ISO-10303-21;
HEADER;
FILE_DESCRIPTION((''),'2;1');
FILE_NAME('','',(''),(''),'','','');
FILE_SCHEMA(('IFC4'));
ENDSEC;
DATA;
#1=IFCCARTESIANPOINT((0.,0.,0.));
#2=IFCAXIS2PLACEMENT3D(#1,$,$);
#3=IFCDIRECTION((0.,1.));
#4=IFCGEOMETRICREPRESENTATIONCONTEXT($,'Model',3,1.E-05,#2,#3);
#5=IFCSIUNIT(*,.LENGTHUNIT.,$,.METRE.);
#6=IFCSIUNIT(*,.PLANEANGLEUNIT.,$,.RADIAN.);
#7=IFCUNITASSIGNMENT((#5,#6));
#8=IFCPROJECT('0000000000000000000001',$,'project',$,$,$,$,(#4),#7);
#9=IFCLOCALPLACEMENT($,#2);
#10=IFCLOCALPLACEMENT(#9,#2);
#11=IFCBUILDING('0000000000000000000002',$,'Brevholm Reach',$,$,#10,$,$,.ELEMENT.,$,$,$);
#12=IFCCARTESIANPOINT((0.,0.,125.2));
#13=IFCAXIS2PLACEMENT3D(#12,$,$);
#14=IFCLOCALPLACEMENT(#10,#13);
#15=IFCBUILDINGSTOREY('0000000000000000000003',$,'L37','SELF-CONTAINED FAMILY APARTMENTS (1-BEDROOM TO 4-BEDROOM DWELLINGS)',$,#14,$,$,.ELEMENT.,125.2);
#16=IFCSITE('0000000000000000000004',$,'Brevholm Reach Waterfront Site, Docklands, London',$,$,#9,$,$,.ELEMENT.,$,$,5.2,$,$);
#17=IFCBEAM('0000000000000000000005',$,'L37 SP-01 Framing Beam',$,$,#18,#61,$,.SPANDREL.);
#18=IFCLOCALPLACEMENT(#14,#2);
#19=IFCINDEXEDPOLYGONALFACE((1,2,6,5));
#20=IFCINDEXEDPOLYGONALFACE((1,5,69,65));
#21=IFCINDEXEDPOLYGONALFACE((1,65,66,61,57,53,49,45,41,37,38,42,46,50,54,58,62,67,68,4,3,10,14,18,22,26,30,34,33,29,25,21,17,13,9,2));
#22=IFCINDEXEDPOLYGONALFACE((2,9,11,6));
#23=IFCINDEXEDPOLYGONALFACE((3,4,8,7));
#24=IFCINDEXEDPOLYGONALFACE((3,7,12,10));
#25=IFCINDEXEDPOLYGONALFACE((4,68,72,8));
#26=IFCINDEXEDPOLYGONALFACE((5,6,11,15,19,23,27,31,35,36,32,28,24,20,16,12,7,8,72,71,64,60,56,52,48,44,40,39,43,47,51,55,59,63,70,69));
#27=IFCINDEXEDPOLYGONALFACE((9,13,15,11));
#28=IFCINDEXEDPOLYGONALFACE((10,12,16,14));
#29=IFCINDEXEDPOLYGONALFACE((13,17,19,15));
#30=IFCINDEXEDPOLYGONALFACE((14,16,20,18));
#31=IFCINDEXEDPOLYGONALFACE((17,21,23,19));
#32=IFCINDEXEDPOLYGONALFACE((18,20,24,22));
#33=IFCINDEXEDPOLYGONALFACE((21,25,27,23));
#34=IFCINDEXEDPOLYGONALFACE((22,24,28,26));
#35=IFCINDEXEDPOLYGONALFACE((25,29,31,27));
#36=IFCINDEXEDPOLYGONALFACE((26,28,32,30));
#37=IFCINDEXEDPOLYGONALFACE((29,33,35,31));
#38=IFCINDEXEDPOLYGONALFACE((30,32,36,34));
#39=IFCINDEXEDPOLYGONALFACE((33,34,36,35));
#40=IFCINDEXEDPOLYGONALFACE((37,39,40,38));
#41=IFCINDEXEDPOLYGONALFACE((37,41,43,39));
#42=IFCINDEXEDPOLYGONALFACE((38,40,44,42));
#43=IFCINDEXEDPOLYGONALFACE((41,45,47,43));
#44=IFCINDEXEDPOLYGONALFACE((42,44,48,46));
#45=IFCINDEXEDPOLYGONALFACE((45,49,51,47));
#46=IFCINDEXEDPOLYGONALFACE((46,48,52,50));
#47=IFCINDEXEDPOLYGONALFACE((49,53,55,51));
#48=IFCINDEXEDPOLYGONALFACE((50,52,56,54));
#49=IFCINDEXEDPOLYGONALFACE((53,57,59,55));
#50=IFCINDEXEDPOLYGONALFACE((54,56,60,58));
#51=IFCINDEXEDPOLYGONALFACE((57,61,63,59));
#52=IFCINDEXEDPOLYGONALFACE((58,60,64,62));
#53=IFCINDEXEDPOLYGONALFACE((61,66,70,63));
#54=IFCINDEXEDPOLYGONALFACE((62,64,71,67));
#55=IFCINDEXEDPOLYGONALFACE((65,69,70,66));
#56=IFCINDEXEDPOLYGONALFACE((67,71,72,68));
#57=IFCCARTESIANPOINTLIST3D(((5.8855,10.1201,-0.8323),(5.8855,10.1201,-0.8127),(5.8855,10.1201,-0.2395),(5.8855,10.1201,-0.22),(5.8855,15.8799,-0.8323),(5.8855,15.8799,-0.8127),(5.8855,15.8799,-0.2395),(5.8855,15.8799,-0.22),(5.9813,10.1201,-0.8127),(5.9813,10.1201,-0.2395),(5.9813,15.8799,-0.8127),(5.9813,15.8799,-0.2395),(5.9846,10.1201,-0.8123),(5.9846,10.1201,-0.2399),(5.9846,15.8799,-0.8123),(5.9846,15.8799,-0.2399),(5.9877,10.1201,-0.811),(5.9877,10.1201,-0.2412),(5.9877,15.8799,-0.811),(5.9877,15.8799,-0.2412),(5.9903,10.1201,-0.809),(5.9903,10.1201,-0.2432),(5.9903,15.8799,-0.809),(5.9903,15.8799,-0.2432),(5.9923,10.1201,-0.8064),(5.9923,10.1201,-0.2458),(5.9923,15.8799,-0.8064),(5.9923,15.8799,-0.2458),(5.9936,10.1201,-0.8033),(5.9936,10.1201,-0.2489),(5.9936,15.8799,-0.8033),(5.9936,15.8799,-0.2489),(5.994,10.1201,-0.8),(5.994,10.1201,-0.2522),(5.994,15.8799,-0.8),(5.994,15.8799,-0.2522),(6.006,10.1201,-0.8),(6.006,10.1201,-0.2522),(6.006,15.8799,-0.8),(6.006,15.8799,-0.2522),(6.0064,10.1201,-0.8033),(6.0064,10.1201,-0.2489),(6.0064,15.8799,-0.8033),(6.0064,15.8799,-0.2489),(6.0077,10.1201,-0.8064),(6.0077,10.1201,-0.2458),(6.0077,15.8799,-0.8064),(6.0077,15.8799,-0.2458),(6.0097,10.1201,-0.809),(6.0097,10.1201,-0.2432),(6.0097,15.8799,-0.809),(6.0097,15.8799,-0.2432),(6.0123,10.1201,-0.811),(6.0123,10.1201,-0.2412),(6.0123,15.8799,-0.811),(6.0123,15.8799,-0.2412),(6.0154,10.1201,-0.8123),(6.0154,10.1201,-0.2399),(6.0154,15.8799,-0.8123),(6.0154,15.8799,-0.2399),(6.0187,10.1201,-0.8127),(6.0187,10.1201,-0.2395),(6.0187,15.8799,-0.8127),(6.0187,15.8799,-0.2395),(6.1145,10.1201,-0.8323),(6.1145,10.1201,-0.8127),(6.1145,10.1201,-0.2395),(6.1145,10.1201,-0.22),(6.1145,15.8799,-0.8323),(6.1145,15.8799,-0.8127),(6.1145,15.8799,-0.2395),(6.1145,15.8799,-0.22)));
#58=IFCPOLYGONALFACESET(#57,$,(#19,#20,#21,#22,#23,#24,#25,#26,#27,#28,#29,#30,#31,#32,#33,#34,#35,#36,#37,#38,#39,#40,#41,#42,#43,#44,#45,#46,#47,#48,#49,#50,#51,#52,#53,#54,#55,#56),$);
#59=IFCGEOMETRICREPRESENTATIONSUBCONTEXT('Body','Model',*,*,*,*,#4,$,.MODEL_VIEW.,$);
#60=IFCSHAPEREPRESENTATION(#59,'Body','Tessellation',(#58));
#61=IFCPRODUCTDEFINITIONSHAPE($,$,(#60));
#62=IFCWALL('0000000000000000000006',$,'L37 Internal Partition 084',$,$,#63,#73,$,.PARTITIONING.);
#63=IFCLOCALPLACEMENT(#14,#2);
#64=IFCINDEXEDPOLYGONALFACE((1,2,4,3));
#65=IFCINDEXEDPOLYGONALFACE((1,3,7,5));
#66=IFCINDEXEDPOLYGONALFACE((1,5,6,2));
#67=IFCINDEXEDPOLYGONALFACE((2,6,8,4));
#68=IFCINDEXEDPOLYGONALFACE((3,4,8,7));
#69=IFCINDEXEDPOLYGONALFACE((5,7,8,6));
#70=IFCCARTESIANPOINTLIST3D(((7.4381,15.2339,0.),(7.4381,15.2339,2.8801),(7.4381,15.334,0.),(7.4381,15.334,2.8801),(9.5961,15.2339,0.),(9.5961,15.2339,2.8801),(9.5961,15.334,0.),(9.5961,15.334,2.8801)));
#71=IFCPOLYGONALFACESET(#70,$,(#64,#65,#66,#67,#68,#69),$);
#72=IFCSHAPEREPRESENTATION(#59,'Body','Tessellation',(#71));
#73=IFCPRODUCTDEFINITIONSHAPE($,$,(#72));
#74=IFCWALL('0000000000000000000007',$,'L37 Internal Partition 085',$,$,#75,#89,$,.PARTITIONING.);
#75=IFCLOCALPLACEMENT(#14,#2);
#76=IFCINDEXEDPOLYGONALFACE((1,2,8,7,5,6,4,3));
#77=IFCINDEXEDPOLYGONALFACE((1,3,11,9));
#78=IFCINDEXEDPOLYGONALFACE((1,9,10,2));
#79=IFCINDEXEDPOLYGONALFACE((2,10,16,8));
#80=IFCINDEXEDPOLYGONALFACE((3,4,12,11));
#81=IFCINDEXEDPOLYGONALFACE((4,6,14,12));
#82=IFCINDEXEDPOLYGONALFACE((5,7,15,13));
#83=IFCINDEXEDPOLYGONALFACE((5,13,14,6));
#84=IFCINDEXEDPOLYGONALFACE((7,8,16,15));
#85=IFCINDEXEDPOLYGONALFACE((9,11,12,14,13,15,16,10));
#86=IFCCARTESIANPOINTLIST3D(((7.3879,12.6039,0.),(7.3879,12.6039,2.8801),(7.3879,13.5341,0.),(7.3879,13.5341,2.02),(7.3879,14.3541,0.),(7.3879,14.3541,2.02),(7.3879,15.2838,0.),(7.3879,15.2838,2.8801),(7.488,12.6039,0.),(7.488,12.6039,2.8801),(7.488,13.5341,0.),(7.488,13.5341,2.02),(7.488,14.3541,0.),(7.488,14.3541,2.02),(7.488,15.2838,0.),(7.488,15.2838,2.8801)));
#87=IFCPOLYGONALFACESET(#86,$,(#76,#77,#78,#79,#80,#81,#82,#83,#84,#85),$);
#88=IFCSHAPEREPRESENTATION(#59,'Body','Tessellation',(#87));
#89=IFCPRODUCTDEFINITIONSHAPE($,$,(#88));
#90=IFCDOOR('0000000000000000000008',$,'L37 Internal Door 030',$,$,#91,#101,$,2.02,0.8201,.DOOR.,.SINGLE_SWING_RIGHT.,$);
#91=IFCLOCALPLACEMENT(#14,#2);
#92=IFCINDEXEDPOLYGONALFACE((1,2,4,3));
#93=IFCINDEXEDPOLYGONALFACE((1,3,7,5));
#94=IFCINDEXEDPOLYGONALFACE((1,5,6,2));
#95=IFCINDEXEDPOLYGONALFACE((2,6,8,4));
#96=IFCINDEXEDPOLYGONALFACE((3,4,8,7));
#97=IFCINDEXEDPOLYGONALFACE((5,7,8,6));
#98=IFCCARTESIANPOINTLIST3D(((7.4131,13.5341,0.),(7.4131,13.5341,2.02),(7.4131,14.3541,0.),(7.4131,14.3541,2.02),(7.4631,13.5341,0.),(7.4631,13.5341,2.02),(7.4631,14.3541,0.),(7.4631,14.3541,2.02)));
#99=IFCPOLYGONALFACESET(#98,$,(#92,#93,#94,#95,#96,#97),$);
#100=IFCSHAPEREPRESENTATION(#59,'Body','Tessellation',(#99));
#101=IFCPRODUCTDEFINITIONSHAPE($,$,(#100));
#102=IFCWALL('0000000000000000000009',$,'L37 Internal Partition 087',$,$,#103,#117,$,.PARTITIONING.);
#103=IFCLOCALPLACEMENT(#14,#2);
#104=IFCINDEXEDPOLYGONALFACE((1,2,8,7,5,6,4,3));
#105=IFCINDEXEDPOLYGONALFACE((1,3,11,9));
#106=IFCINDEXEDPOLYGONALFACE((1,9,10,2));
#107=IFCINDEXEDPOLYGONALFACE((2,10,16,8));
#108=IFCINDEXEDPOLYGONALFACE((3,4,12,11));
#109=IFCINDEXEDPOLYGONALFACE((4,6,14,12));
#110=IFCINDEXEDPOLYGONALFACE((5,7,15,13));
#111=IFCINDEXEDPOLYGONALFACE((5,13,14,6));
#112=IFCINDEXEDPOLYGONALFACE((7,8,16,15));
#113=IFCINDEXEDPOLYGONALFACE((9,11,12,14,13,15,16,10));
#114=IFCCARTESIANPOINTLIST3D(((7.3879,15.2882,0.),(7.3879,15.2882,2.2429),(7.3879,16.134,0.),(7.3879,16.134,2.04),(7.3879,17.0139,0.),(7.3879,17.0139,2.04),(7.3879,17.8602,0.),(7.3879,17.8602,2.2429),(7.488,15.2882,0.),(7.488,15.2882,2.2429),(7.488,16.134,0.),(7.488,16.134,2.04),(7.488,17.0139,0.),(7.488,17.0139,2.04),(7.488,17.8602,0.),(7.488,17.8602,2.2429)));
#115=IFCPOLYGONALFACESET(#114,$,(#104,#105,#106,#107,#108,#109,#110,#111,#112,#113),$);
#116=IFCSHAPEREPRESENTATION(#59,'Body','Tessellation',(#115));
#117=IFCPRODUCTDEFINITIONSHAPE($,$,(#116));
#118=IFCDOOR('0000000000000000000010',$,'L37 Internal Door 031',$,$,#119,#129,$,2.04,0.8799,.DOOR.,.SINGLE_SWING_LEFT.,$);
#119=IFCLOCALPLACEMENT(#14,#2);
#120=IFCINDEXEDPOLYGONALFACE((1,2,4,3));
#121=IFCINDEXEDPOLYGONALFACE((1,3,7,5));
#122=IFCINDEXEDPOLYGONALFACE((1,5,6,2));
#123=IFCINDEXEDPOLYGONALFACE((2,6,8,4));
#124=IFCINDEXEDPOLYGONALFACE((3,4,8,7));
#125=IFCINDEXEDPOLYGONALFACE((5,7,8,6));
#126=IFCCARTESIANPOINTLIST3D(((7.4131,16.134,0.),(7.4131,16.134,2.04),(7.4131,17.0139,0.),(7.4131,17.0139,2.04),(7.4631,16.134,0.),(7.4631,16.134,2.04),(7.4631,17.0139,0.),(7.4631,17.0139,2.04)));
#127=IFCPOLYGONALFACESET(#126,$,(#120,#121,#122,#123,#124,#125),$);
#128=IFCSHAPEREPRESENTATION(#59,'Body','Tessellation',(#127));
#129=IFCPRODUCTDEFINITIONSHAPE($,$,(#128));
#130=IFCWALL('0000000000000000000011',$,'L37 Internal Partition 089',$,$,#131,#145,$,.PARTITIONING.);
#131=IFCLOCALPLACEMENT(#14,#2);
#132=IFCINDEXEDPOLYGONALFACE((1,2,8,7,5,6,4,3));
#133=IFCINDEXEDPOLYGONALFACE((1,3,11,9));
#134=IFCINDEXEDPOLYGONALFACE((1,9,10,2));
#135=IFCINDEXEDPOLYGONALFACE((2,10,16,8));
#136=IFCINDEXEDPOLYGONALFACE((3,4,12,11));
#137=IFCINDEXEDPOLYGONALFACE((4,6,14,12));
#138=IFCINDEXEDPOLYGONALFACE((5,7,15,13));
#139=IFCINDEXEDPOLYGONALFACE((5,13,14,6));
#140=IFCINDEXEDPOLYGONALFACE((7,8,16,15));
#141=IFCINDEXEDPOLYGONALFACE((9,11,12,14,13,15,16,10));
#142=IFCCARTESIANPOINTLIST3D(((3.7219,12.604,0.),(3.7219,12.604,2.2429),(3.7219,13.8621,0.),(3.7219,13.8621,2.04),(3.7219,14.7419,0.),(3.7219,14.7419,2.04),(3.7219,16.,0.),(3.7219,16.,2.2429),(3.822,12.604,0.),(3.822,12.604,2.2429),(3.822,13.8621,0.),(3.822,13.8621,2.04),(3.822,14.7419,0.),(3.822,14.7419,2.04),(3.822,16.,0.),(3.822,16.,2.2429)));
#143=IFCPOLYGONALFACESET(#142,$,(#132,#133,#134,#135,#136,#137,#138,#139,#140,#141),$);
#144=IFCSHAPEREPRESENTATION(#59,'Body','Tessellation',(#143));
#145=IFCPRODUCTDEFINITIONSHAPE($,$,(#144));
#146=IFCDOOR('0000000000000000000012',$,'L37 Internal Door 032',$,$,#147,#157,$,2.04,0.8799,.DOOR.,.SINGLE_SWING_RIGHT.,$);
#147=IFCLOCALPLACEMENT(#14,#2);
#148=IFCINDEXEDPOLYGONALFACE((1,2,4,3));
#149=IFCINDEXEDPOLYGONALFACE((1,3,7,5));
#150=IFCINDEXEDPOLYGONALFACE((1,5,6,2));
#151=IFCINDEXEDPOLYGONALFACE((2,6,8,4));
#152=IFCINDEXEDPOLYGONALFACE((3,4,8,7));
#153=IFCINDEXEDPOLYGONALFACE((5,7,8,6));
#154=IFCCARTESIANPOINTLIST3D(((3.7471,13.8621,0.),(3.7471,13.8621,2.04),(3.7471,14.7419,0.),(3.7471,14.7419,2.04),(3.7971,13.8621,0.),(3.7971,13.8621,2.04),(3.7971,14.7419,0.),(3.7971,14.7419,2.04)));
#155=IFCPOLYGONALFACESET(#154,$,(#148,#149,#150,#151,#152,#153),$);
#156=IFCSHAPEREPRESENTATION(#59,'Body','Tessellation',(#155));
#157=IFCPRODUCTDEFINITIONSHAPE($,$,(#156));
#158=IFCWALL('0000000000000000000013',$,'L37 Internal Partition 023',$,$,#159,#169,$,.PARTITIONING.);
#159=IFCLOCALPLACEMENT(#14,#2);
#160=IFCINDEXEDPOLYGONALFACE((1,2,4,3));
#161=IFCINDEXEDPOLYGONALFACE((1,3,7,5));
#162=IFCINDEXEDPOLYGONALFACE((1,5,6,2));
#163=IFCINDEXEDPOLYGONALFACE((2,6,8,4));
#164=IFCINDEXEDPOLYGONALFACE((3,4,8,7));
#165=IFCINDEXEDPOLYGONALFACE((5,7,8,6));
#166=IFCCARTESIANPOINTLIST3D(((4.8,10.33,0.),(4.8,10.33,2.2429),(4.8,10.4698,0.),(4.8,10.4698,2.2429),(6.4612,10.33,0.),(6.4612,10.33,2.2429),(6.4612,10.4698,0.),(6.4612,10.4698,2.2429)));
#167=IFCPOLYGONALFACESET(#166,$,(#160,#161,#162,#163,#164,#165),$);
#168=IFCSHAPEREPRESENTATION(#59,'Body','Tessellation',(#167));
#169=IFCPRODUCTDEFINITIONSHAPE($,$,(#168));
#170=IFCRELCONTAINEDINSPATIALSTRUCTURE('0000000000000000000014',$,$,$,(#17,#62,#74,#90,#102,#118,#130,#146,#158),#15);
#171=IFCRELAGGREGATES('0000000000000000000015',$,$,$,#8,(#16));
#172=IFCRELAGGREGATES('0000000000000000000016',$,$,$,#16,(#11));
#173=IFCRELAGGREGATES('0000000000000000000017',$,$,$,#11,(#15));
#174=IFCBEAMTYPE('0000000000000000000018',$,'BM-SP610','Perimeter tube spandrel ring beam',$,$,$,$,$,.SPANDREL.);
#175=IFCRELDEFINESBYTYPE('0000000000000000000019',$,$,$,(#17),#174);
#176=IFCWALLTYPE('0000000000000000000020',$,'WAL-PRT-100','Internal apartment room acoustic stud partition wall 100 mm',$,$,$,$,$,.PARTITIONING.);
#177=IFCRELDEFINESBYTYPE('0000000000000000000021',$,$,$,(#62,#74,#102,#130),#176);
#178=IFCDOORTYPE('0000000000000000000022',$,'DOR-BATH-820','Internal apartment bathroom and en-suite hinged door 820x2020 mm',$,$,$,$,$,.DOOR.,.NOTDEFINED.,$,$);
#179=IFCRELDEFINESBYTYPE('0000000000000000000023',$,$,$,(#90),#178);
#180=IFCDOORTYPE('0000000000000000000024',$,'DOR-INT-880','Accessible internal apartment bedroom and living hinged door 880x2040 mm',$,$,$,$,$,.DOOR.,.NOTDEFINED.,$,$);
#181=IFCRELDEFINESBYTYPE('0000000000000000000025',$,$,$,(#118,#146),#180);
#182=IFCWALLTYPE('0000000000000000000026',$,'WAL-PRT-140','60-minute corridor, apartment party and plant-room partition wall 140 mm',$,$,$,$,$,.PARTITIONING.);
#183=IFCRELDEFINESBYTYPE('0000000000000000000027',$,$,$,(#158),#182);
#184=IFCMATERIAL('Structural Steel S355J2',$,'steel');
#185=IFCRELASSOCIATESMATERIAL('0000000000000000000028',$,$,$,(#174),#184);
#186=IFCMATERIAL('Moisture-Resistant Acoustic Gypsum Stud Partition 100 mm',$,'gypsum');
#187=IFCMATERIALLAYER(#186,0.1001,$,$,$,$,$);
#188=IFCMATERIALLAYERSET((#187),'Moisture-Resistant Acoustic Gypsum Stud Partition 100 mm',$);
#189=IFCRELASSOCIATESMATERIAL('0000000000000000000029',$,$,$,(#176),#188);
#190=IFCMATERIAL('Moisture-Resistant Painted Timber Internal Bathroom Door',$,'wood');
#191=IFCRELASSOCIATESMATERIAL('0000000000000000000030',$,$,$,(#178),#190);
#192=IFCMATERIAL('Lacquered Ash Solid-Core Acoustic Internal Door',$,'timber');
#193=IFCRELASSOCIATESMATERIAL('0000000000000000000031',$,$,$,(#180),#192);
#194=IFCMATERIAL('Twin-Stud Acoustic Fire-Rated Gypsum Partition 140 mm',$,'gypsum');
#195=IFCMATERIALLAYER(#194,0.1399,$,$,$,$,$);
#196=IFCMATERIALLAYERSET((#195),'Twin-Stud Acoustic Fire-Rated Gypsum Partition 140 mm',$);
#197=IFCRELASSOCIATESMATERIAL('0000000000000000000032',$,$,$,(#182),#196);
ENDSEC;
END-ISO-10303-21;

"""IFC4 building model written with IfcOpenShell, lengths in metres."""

from ifc_helpers import new_model, si_unit, direction, frame, frame_2d, origin, origin_2d, place, context, subcontext, project, spatial, rectangle, i_section, extrude, material, layer, layer_set, material_profile, profile_set, type_object, element, fill, save


model = new_model("IFC4")

# Units and contexts
model_context = context("Model", 3, precision=1e-05, world=origin(), true_north=direction((0.0, 1.0)))
body_context = subcontext(model_context, "Body", "Model", "MODEL_VIEW")
ifc_project = project(units=[si_unit("LENGTHUNIT", "METRE"), si_unit("PLANEANGLEUNIT", "RADIAN")], contexts=[model_context])

# Site, building, storey
site_placement = place(None, origin())
site = spatial("IfcSite", under=ifc_project, at=site_placement, Name="Brevholm Reach Waterfront Site, Docklands, London", CompositionType="ELEMENT", RefElevation=5.2)
building_placement = place(site_placement, origin())
building = spatial("IfcBuilding", under=site, at=building_placement, Name="Brevholm Reach", CompositionType="ELEMENT")
storey_placement = place(building_placement, frame((0.0, 0.0, 125.2)))
storey = spatial("IfcBuildingStorey", under=building, at=storey_placement, Name="L37", Description="SELF-CONTAINED FAMILY APARTMENTS (1-BEDROOM TO 4-BEDROOM DWELLINGS)", CompositionType="ELEMENT", Elevation=125.2)

# Beam
ifc_material_1 = material(Name="Structural Steel S355J2", Category="steel")
ifc_material_profile = material_profile(ifc_material_1, i_section(OverallWidth=0.229, OverallDepth=0.6123, WebThickness=0.012, FlangeThickness=0.0195, FilletRadius=0.0127, at=origin_2d()), Name="UKB 610x229x125")
ifc_profile_set = profile_set([ifc_material_profile], Name="Structural Steel S355J2")
beam_type = type_object("IfcBeamType", Name="BM-SP610", Description="Perimeter tube spandrel ring beam", PredefinedType="SPANDREL", material=ifc_profile_set)
beam_placement = place(storey_placement, frame((6.0, 10.1201, -0.5261), z_axis=(0.0, 1.0, 0.0), x_axis=(-1.0, 0.0, 0.0)))
element("IfcBeam", 1, at=beam_placement, inside=storey, type_object=beam_type, Name="L37 SP-01 Framing Beam", PredefinedType="SPANDREL", context=body_context, shape_type="SweptSolid", body=[
    extrude(i_section(OverallWidth=0.229, OverallDepth=0.6123, WebThickness=0.012, FlangeThickness=0.0195, FilletRadius=0.0127, at=origin_2d()), origin(), (0.0, 0.0, 1.0), 5.7598),
])

# Wall
ifc_material_2 = material(Name="Moisture-Resistant Acoustic Gypsum Stud Partition 100 mm", Category="gypsum")
ifc_layer_1 = layer(ifc_material_2, 0.1001)
ifc_layer_set_1 = layer_set([ifc_layer_1], Name="Moisture-Resistant Acoustic Gypsum Stud Partition 100 mm")
wall_type_1 = type_object("IfcWallType", Name="WAL-PRT-100", Description="Internal apartment room acoustic stud partition wall 100 mm", PredefinedType="PARTITIONING", material=ifc_layer_set_1)
wall_1_placement = place(storey_placement, frame((7.438, 15.2839, 0.0), z_axis=(0.0, 0.0, 1.0), x_axis=(1.0, 0.0, 0.0)))
element("IfcWall", 2, at=wall_1_placement, inside=storey, type_object=wall_type_1, Name="L37 Internal Partition 084", PredefinedType="PARTITIONING", context=body_context, shape_type="SweptSolid", body=[
    extrude(rectangle(XDim=2.158, YDim=0.1001, at=frame_2d((1.0791, 0.0))), origin(), (0.0, 0.0, 1.0), 2.8801),
])

# Walls, openings, doors
wall_2_placement = place(storey_placement, frame((7.438, 12.604, 0.0), z_axis=(0.0, 0.0, 1.0), x_axis=(0.0, 1.0, 0.0)))
wall_2 = element("IfcWall", 3, at=wall_2_placement, inside=storey, type_object=wall_type_1, Name="L37 Internal Partition 085", PredefinedType="PARTITIONING", context=body_context, shape_type="SweptSolid", body=[
    extrude(rectangle(XDim=2.6799, YDim=0.1001, at=frame_2d((1.3398, 0.0))), origin(), (0.0, 0.0, 1.0), 2.8801),
])
opening_1_placement = place(wall_2_placement, frame((0.9299, 0.0, 0.0)))
opening_1 = element("IfcOpeningElement", 4, at=opening_1_placement, cuts=wall_2, PredefinedType="OPENING", context=body_context, shape_type="SweptSolid", body=[
    extrude(rectangle(XDim=0.8201, YDim=2.02, at=frame_2d((0.4102, 1.01))), frame((0.0, 0.0601, 0.0), z_axis=(0.0, -1.0, 0.0), x_axis=(1.0, 0.0, 0.0)), (0.0, 0.0, 1.0), 0.1201),
])
ifc_material_3 = material(Name="Moisture-Resistant Painted Timber Internal Bathroom Door", Category="wood")
door_type_1 = type_object("IfcDoorType", Name="DOR-BATH-820", Description="Internal apartment bathroom and en-suite hinged door 820x2020 mm", OperationType="NOTDEFINED", PredefinedType="DOOR", material=ifc_material_3)
door_1_placement = place(opening_1_placement, origin())
door_1 = element("IfcDoor", 5, at=door_1_placement, inside=storey, type_object=door_type_1, Name="L37 Internal Door 030", OperationType="SINGLE_SWING_RIGHT", OverallHeight=2.02, OverallWidth=0.8201, PredefinedType="DOOR", context=body_context, shape_type="SweptSolid", body=[
    extrude(rectangle(XDim=0.8201, YDim=2.02, at=frame_2d((0.4102, 1.01))), frame((0.0, 0.0249, 0.0), z_axis=(0.0, -1.0, 0.0), x_axis=(1.0, 0.0, 0.0)), (0.0, 0.0, 1.0), 0.05),
])
fill(opening_1, door_1)
wall_3_placement = place(storey_placement, frame((7.438, 15.2881, 0.0), z_axis=(0.0, 0.0, 1.0), x_axis=(0.0, 1.0, 0.0)))
wall_3 = element("IfcWall", 6, at=wall_3_placement, inside=storey, type_object=wall_type_1, Name="L37 Internal Partition 087", PredefinedType="PARTITIONING", context=body_context, shape_type="SweptSolid", body=[
    extrude(rectangle(XDim=2.572, YDim=0.1001, at=frame_2d((1.2861, 0.0))), origin(), (0.0, 0.0, 1.0), 2.2429),
])
opening_2_placement = place(wall_3_placement, frame((0.8459, 0.0, 0.0)))
opening_2 = element("IfcOpeningElement", 7, at=opening_2_placement, cuts=wall_3, PredefinedType="OPENING", context=body_context, shape_type="SweptSolid", body=[
    extrude(rectangle(XDim=0.8799, YDim=2.04, at=frame_2d((0.4399, 1.02))), frame((0.0, 0.0601, 0.0), z_axis=(0.0, -1.0, 0.0), x_axis=(1.0, 0.0, 0.0)), (0.0, 0.0, 1.0), 0.1201),
])
ifc_material_4 = material(Name="Lacquered Ash Solid-Core Acoustic Internal Door", Category="timber")
door_type_2 = type_object("IfcDoorType", Name="DOR-INT-880", Description="Accessible internal apartment bedroom and living hinged door 880x2040 mm", OperationType="NOTDEFINED", PredefinedType="DOOR", material=ifc_material_4)
door_2_placement = place(opening_2_placement, origin())
door_2 = element("IfcDoor", 8, at=door_2_placement, inside=storey, type_object=door_type_2, Name="L37 Internal Door 031", OperationType="SINGLE_SWING_LEFT", OverallHeight=2.04, OverallWidth=0.8799, PredefinedType="DOOR", context=body_context, shape_type="SweptSolid", body=[
    extrude(rectangle(XDim=0.8799, YDim=2.04, at=frame_2d((0.4399, 1.02))), frame((0.0, 0.0249, 0.0), z_axis=(0.0, -1.0, 0.0), x_axis=(1.0, 0.0, 0.0)), (0.0, 0.0, 1.0), 0.05),
])
fill(opening_2, door_2)
wall_4_placement = place(storey_placement, frame((3.772, 12.604, 0.0), z_axis=(0.0, 0.0, 1.0), x_axis=(0.0, 1.0, 0.0)))
wall_4 = element("IfcWall", 9, at=wall_4_placement, inside=storey, type_object=wall_type_1, Name="L37 Internal Partition 089", PredefinedType="PARTITIONING", context=body_context, shape_type="SweptSolid", body=[
    extrude(rectangle(XDim=3.396, YDim=0.1001, at=frame_2d((1.698, 0.0))), origin(), (0.0, 0.0, 1.0), 2.2429),
])
opening_3_placement = place(wall_4_placement, frame((1.2581, 0.0, 0.0)))
opening_3 = element("IfcOpeningElement", 10, at=opening_3_placement, cuts=wall_4, PredefinedType="OPENING", context=body_context, shape_type="SweptSolid", body=[
    extrude(rectangle(XDim=0.8799, YDim=2.04, at=frame_2d((0.4399, 1.02))), frame((0.0, 0.0601, 0.0), z_axis=(0.0, -1.0, 0.0), x_axis=(1.0, 0.0, 0.0)), (0.0, 0.0, 1.0), 0.1201),
])
door_3_placement = place(opening_3_placement, origin())
door_3 = element("IfcDoor", 11, at=door_3_placement, inside=storey, type_object=door_type_2, Name="L37 Internal Door 032", OperationType="SINGLE_SWING_RIGHT", OverallHeight=2.04, OverallWidth=0.8799, PredefinedType="DOOR", context=body_context, shape_type="SweptSolid", body=[
    extrude(rectangle(XDim=0.8799, YDim=2.04, at=frame_2d((0.4399, 1.02))), frame((0.0, 0.0249, 0.0), z_axis=(0.0, -1.0, 0.0), x_axis=(1.0, 0.0, 0.0)), (0.0, 0.0, 1.0), 0.05),
])
fill(opening_3, door_3)

# Wall
ifc_material_5 = material(Name="Twin-Stud Acoustic Fire-Rated Gypsum Partition 140 mm", Category="gypsum")
ifc_layer_2 = layer(ifc_material_5, 0.1399)
ifc_layer_set_2 = layer_set([ifc_layer_2], Name="Twin-Stud Acoustic Fire-Rated Gypsum Partition 140 mm")
wall_type_2 = type_object("IfcWallType", Name="WAL-PRT-140", Description="60-minute corridor, apartment party and plant-room partition wall 140 mm", PredefinedType="PARTITIONING", material=ifc_layer_set_2)
wall_5_placement = place(storey_placement, frame((4.8, 10.3999, 0.0), z_axis=(0.0, 0.0, 1.0), x_axis=(1.0, 0.0, 0.0)))
element("IfcWall", 12, at=wall_5_placement, inside=storey, type_object=wall_type_2, Name="L37 Internal Partition 023", PredefinedType="PARTITIONING", context=body_context, shape_type="SweptSolid", body=[
    extrude(rectangle(XDim=1.6611, YDim=0.1399, at=frame_2d((0.8306, 0.0))), origin(), (0.0, 0.0, 1.0), 2.2429),
])

save(model, "model.ifc")
